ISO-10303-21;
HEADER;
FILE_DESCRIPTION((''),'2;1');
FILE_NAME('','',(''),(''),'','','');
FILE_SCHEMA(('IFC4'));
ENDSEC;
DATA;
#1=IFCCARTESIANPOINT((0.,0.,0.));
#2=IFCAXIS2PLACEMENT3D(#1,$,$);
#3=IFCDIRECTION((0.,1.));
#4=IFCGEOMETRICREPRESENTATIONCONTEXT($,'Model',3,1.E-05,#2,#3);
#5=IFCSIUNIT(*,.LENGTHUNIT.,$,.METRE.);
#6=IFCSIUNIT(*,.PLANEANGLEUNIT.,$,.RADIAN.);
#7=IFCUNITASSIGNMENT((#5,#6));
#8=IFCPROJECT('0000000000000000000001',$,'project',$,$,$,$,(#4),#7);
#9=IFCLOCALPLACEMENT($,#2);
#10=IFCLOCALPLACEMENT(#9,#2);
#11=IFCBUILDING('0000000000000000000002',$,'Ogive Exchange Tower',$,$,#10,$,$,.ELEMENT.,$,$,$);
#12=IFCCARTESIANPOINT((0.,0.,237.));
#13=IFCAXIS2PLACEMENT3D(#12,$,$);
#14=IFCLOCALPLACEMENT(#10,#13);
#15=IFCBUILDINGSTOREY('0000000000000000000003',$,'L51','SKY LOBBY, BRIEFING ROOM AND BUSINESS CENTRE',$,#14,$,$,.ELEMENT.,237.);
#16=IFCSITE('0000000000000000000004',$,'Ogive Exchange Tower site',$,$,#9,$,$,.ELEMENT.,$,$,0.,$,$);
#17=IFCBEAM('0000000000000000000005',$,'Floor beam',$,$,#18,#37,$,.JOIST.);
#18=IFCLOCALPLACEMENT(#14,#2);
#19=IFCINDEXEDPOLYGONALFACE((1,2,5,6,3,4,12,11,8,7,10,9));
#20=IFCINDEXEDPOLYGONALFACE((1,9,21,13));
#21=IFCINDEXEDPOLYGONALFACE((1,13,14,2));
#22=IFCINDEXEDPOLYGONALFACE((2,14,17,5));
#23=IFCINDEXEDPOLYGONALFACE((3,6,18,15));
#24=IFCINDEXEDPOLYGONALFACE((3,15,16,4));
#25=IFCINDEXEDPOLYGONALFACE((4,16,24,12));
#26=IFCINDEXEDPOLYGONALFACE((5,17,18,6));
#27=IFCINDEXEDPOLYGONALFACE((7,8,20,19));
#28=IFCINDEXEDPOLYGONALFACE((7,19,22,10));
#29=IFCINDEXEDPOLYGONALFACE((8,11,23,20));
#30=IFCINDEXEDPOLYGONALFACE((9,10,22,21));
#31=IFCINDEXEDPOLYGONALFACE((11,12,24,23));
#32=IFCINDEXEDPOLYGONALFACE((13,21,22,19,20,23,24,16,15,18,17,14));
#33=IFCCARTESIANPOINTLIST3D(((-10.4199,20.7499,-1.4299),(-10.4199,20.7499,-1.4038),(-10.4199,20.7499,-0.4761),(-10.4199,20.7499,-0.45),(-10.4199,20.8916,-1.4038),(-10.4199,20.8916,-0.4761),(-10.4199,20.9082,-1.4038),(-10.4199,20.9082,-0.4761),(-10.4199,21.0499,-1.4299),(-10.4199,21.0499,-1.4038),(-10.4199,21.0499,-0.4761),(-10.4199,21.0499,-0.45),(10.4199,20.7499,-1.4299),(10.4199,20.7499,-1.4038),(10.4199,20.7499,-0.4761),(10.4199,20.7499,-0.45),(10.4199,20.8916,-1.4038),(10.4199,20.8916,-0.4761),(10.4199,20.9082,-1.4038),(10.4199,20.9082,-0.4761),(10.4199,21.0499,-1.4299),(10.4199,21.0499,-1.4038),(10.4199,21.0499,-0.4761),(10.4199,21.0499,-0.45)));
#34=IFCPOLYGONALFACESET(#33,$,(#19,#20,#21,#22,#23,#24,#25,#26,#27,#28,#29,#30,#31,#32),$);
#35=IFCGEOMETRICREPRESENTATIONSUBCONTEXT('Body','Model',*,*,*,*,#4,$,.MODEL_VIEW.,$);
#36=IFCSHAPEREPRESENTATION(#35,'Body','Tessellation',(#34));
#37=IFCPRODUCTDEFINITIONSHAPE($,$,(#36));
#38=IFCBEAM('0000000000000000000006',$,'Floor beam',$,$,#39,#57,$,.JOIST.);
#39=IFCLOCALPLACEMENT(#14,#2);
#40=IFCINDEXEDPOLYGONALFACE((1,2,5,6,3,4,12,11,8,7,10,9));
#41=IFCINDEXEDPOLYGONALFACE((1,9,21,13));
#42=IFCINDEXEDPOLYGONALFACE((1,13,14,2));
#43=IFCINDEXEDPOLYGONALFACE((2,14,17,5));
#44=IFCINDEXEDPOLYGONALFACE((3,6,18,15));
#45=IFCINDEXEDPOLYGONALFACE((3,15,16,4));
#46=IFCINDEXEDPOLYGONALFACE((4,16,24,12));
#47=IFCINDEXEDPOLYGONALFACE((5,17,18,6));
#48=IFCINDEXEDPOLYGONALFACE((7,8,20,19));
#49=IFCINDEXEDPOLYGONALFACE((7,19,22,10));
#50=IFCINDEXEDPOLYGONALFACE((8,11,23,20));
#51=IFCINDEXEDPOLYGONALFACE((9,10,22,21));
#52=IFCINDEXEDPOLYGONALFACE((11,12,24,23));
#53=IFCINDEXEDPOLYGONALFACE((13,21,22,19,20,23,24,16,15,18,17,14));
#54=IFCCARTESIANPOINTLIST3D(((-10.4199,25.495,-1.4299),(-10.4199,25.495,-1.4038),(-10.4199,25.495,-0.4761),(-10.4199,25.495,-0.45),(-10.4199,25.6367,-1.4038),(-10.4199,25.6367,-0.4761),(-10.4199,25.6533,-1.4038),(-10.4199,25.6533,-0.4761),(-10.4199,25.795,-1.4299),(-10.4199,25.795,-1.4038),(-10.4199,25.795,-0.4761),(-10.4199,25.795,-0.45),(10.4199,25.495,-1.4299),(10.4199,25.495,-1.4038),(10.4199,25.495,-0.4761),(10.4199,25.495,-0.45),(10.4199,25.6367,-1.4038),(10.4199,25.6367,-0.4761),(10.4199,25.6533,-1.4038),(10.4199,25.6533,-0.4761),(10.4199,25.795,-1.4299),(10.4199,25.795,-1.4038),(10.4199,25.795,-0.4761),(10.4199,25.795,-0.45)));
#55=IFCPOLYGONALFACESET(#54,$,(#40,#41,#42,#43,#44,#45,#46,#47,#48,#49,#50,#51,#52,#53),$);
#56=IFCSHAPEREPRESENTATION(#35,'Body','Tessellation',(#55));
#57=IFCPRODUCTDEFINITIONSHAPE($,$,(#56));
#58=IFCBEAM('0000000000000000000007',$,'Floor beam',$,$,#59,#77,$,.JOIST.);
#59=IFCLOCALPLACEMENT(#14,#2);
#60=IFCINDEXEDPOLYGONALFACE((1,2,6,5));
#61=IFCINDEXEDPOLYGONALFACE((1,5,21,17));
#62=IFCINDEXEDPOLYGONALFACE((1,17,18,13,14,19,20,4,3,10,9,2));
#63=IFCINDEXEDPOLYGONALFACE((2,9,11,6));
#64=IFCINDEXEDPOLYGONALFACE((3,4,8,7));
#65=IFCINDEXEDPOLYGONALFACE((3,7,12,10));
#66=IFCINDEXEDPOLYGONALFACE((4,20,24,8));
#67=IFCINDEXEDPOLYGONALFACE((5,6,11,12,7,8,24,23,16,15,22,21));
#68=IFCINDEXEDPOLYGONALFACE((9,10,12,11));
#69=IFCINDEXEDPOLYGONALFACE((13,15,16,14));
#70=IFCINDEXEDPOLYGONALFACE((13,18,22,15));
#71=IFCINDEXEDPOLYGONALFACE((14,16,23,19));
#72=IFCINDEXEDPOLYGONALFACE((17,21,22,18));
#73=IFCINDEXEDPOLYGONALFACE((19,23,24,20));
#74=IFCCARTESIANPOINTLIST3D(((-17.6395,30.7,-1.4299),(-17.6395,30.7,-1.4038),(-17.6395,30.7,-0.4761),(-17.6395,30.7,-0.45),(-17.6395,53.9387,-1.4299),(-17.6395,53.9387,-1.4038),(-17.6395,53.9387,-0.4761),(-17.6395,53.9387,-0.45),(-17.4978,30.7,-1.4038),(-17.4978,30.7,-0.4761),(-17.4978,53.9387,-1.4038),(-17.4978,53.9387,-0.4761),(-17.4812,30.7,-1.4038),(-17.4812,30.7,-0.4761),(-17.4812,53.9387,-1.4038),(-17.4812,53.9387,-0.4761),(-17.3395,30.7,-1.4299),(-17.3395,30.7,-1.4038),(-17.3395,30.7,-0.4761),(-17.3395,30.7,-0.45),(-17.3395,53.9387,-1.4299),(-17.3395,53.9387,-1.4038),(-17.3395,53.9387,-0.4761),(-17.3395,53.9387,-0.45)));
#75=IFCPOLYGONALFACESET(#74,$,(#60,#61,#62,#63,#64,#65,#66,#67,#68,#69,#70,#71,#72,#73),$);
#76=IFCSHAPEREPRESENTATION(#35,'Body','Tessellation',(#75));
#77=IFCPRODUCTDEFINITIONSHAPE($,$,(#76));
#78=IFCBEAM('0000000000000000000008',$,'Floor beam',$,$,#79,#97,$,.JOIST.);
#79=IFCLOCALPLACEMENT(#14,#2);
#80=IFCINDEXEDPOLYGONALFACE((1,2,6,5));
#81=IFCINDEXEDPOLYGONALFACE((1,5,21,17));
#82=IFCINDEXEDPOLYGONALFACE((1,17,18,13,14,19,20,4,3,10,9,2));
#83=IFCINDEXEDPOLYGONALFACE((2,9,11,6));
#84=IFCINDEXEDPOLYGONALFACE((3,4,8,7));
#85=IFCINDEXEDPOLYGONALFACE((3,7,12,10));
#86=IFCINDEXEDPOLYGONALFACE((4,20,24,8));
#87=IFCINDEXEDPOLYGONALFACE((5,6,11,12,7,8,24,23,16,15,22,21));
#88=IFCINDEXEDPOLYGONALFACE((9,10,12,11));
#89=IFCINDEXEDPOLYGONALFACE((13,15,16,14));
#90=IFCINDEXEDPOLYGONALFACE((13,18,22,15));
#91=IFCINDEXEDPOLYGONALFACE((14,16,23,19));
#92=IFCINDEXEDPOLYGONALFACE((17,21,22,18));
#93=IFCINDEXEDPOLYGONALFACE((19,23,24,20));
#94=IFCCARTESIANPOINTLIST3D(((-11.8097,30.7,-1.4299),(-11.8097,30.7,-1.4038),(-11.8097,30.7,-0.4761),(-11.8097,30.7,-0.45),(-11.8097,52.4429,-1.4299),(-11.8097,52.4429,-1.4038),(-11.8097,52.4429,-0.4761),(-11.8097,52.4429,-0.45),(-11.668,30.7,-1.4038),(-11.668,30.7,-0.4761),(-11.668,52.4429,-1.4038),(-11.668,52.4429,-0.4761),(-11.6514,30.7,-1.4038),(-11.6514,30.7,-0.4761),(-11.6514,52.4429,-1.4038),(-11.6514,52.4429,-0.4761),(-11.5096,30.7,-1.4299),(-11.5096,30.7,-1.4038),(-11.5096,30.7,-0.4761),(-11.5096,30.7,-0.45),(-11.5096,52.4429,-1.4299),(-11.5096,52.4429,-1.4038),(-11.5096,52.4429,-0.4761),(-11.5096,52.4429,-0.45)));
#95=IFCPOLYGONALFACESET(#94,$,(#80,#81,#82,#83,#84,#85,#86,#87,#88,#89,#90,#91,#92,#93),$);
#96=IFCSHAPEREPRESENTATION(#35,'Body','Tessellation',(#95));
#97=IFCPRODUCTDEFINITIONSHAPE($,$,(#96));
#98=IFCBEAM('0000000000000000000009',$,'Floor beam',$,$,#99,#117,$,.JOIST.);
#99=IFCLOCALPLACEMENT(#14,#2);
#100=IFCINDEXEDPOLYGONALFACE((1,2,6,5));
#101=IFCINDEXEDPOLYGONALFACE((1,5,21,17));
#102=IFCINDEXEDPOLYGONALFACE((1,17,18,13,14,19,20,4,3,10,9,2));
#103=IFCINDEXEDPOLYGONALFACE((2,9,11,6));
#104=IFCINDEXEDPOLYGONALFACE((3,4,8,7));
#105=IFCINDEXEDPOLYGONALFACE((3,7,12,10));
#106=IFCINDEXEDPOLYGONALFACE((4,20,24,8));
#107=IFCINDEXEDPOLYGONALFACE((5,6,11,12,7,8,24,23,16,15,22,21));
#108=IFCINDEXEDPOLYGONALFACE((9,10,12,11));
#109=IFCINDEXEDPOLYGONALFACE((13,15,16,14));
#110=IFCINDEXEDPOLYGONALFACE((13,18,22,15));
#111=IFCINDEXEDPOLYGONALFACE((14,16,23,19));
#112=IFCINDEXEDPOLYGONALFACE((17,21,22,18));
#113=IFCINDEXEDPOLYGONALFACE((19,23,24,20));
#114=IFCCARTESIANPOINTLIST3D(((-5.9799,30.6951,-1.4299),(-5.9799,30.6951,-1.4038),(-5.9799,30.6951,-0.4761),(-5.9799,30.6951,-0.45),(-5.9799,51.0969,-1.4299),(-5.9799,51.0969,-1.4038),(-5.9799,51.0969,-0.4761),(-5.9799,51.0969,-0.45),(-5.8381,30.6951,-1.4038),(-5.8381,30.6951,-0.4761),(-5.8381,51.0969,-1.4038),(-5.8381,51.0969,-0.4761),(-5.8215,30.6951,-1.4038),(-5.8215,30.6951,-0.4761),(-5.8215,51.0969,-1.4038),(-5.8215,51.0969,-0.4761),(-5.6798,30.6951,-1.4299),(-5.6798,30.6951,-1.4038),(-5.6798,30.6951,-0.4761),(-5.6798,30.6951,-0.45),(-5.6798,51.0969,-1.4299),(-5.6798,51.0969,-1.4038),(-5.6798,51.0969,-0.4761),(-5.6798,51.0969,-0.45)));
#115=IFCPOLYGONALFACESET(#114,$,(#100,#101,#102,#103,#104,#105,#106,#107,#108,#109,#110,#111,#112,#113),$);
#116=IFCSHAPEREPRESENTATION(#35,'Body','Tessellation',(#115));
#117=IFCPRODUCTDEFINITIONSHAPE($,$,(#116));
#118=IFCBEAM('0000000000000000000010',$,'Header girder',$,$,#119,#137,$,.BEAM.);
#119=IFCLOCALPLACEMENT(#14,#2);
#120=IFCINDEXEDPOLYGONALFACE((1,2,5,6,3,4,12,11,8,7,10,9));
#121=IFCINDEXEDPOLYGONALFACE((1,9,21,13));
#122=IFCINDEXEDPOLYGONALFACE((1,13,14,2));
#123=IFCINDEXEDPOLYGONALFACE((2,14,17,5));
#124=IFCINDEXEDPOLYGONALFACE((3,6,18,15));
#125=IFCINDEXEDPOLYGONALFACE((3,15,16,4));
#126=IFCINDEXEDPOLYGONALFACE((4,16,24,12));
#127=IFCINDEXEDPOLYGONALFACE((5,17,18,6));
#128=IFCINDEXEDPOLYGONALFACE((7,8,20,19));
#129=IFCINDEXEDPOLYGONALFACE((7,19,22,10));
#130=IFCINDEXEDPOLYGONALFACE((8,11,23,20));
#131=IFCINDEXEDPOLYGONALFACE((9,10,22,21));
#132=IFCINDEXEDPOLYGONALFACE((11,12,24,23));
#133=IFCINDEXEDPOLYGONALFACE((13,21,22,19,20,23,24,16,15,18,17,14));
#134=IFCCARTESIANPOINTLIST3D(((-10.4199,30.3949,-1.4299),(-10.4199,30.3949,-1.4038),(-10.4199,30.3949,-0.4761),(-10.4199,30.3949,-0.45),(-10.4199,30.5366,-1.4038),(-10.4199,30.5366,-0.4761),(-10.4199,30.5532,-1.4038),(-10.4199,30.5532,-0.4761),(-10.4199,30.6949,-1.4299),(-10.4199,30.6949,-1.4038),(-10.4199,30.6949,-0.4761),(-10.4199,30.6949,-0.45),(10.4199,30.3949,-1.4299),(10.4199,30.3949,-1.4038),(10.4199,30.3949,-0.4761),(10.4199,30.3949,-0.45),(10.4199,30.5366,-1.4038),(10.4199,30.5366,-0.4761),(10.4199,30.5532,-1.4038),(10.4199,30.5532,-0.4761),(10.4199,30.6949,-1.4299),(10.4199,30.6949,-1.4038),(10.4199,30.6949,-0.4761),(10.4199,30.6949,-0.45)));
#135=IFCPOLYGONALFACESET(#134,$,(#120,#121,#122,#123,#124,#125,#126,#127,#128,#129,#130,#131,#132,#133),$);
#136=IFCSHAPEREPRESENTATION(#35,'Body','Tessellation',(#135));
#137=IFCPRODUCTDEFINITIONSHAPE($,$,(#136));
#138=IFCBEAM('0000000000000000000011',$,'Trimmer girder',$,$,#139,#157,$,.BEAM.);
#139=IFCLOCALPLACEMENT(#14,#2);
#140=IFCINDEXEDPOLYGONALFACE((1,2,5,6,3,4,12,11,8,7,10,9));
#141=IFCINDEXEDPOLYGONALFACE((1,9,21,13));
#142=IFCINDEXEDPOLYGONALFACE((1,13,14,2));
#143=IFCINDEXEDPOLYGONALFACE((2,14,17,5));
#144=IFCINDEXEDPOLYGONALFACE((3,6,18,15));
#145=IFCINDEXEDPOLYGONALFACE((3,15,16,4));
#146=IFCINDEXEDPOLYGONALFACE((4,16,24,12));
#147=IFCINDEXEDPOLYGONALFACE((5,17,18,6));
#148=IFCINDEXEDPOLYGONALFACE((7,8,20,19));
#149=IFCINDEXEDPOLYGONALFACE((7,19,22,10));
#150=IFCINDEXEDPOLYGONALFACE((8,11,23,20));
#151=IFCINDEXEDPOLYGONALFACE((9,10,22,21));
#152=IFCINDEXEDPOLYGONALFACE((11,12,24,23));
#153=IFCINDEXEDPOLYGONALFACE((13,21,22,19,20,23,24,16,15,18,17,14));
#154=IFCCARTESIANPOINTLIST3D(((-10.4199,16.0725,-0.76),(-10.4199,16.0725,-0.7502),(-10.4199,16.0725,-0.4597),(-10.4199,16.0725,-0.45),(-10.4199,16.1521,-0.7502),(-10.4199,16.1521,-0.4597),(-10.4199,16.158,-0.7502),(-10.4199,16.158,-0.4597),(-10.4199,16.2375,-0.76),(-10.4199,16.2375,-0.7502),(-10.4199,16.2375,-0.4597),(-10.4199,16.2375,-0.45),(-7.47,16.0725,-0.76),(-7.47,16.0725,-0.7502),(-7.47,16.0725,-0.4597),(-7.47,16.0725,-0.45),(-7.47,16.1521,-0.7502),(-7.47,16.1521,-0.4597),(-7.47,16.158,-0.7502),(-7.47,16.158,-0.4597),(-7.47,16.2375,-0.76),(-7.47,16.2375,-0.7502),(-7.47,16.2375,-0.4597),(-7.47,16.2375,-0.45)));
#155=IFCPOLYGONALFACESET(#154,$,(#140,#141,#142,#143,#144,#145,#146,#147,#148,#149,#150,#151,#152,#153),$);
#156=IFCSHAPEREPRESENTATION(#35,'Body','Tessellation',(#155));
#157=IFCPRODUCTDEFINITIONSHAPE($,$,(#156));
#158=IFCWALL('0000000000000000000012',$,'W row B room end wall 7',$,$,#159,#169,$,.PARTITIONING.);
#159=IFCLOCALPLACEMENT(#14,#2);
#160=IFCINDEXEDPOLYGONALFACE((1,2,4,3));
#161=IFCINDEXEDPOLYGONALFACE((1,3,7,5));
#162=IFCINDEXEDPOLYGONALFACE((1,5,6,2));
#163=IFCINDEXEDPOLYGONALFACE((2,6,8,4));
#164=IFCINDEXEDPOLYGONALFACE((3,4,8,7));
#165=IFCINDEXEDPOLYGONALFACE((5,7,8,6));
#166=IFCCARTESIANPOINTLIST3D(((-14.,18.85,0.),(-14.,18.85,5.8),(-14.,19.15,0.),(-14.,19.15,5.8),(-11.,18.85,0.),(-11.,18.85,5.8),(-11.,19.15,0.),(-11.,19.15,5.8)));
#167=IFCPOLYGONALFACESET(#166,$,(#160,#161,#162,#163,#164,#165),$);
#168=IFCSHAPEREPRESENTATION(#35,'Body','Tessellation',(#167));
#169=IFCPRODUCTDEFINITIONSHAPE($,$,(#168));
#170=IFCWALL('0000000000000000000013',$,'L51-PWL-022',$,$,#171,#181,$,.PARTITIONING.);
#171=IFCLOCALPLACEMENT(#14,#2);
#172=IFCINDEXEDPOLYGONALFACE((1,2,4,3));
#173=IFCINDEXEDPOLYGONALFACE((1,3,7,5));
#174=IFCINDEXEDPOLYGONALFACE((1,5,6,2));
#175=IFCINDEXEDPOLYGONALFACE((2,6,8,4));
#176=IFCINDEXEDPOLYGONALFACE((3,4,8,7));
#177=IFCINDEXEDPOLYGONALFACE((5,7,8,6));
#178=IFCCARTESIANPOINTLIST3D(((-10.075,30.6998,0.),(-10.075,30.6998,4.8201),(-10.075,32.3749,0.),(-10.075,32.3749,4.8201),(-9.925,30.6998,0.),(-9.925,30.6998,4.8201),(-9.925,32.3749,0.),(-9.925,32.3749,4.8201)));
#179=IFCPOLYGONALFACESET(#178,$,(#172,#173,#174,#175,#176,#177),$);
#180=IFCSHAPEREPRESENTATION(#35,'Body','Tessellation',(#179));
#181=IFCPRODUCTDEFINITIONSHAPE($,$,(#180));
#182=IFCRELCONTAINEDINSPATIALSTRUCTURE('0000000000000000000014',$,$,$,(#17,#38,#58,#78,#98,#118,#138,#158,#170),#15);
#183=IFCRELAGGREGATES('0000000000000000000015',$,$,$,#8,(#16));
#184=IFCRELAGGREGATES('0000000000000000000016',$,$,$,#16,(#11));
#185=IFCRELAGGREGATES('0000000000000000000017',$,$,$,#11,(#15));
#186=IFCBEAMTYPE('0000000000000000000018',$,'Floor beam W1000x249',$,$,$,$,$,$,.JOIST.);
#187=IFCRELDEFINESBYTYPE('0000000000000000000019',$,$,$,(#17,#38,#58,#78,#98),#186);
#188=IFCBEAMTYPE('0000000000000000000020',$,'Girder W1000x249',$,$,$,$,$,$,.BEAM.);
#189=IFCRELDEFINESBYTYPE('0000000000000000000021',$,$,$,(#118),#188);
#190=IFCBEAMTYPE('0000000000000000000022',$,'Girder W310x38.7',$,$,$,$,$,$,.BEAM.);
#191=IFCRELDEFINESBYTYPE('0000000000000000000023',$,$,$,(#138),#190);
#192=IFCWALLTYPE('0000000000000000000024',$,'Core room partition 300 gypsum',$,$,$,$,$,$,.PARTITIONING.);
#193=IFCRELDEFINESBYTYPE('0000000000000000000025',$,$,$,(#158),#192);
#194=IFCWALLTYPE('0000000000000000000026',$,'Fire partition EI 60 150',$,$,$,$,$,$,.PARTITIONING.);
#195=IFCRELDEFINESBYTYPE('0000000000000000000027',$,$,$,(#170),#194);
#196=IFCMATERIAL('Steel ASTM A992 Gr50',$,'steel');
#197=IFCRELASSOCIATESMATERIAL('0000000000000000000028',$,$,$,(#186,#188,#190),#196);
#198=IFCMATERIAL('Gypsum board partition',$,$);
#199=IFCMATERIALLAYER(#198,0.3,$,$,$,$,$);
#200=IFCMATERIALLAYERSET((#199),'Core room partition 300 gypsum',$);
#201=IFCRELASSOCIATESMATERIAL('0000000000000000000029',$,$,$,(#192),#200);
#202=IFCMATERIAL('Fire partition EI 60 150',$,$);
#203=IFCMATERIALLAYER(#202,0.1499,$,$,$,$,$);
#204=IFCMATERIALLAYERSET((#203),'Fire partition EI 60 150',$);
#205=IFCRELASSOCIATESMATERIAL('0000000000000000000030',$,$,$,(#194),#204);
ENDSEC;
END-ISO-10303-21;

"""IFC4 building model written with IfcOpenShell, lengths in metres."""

from ifc_helpers import new_model, si_unit, direction, frame, frame_2d, origin, origin_2d, place, context, subcontext, project, spatial, rectangle, i_section, extrude, material, layer, layer_set, material_profile, profile_set, type_object, element, save


model = new_model("IFC4")

# Units and contexts
model_context = context("Model", 3, precision=1e-05, world=origin(), true_north=direction((0.0, 1.0)))
body_context = subcontext(model_context, "Body", "Model", "MODEL_VIEW")
ifc_project = project(units=[si_unit("LENGTHUNIT", "METRE"), si_unit("PLANEANGLEUNIT", "RADIAN")], contexts=[model_context])

# Site, building, storey
site_placement = place(None, origin())
site = spatial("IfcSite", under=ifc_project, at=site_placement, Name="Ogive Exchange Tower site", CompositionType="ELEMENT", RefElevation=0.0)
building_placement = place(site_placement, origin())
building = spatial("IfcBuilding", under=site, at=building_placement, Name="Ogive Exchange Tower", CompositionType="ELEMENT")
storey_placement = place(building_placement, frame((0.0, 0.0, 237.0)))
storey = spatial("IfcBuildingStorey", under=building, at=storey_placement, Name="L51", Description="SKY LOBBY, BRIEFING ROOM AND BUSINESS CENTRE", CompositionType="ELEMENT", Elevation=237.0)

# Beams
ifc_material_1 = material(Name="Steel ASTM A992 Gr50", Category="steel")
ifc_material_profile_1 = material_profile(ifc_material_1, i_section(OverallWidth=0.3, OverallDepth=0.98, WebThickness=0.0166, FlangeThickness=0.0261, at=origin_2d()), Name="W1000x249")
ifc_profile_set_1 = profile_set([ifc_material_profile_1], Name="Steel ASTM A992 Gr50")
beam_type_1 = type_object("IfcBeamType", Name="Floor beam W1000x249", PredefinedType="JOIST", material=ifc_profile_set_1)
for number, where, z_axis, x_axis, name in (
    (1, (-10.4199, 20.8999, -0.9399), (1.0, 0.0, 0.0), (0.0, 1.0, 0.0), "Floor beam"),
    (2, (-10.4199, 25.645, -0.9399), (1.0, 0.0, 0.0), (0.0, 1.0, 0.0), "Floor beam"),
):
    element("IfcBeam", number, at=place(storey_placement, frame(where, z_axis=z_axis, x_axis=x_axis)), inside=storey, type_object=beam_type_1, Name=name, PredefinedType="JOIST", context=body_context, shape_type="SweptSolid", body=[
        extrude(i_section(OverallWidth=0.3, OverallDepth=0.98, WebThickness=0.0166, FlangeThickness=0.0261, at=origin_2d()), origin(), (0.0, 0.0, 1.0), 20.8398),
    ])
beam_1_placement = place(storey_placement, frame((-17.4895, 30.7, -0.9399), z_axis=(0.0, 1.0, 0.0), x_axis=(-1.0, 0.0, 0.0)))
element("IfcBeam", 3, at=beam_1_placement, inside=storey, type_object=beam_type_1, Name="Floor beam", PredefinedType="JOIST", context=body_context, shape_type="SweptSolid", body=[
    extrude(i_section(OverallWidth=0.3, OverallDepth=0.98, WebThickness=0.0166, FlangeThickness=0.0261, at=origin_2d()), origin(), (0.0, 0.0, 1.0), 23.2388),
])
beam_2_placement = place(storey_placement, frame((-11.6597, 30.7, -0.9399), z_axis=(0.0, 1.0, 0.0), x_axis=(-1.0, 0.0, 0.0)))
element("IfcBeam", 4, at=beam_2_placement, inside=storey, type_object=beam_type_1, Name="Floor beam", PredefinedType="JOIST", context=body_context, shape_type="SweptSolid", body=[
    extrude(i_section(OverallWidth=0.3, OverallDepth=0.98, WebThickness=0.0166, FlangeThickness=0.0261, at=origin_2d()), origin(), (0.0, 0.0, 1.0), 21.7429),
])
beam_3_placement = place(storey_placement, frame((-5.8298, 30.6951, -0.9399), z_axis=(0.0, 1.0, 0.0), x_axis=(-1.0, 0.0, 0.0)))
element("IfcBeam", 5, at=beam_3_placement, inside=storey, type_object=beam_type_1, Name="Floor beam", PredefinedType="JOIST", context=body_context, shape_type="SweptSolid", body=[
    extrude(i_section(OverallWidth=0.3, OverallDepth=0.98, WebThickness=0.0166, FlangeThickness=0.0261, at=origin_2d()), origin(), (0.0, 0.0, 1.0), 20.4019),
])
ifc_material_profile_2 = material_profile(ifc_material_1, i_section(OverallWidth=0.3, OverallDepth=0.98, WebThickness=0.0166, FlangeThickness=0.0261, at=origin_2d()), Name="W1000x249")
ifc_profile_set_2 = profile_set([ifc_material_profile_2], Name="Steel ASTM A992 Gr50")
beam_type_2 = type_object("IfcBeamType", Name="Girder W1000x249", PredefinedType="BEAM", material=ifc_profile_set_2)
beam_4_placement = place(storey_placement, frame((-10.4199, 30.5449, -0.9399), z_axis=(1.0, 0.0, 0.0), x_axis=(0.0, 1.0, 0.0)))
element("IfcBeam", 6, at=beam_4_placement, inside=storey, type_object=beam_type_2, Name="Header girder", PredefinedType="BEAM", context=body_context, shape_type="SweptSolid", body=[
    extrude(i_section(OverallWidth=0.3, OverallDepth=0.98, WebThickness=0.0166, FlangeThickness=0.0261, at=origin_2d()), origin(), (0.0, 0.0, 1.0), 20.8398),
])
ifc_material_profile_3 = material_profile(ifc_material_1, i_section(OverallWidth=0.165, OverallDepth=0.3101, WebThickness=0.0059, FlangeThickness=0.0098, at=origin_2d()), Name="W310x38.7")
ifc_profile_set_3 = profile_set([ifc_material_profile_3], Name="Steel ASTM A992 Gr50")
beam_type_3 = type_object("IfcBeamType", Name="Girder W310x38.7", PredefinedType="BEAM", material=ifc_profile_set_3)
beam_5_placement = place(storey_placement, frame((-10.4199, 16.155, -0.605), z_axis=(1.0, 0.0, 0.0), x_axis=(0.0, 1.0, 0.0)))
element("IfcBeam", 7, at=beam_5_placement, inside=storey, type_object=beam_type_3, Name="Trimmer girder", PredefinedType="BEAM", context=body_context, shape_type="SweptSolid", body=[
    extrude(i_section(OverallWidth=0.165, OverallDepth=0.3101, WebThickness=0.0059, FlangeThickness=0.0098, at=origin_2d()), origin(), (0.0, 0.0, 1.0), 2.95),
])

# Walls
ifc_material_2 = material(Name="Gypsum board partition")
ifc_layer_1 = layer(ifc_material_2, 0.3)
ifc_layer_set_1 = layer_set([ifc_layer_1], Name="Core room partition 300 gypsum")
wall_type_1 = type_object("IfcWallType", Name="Core room partition 300 gypsum", PredefinedType="PARTITIONING", material=ifc_layer_set_1)
wall_1_placement = place(storey_placement, frame((-14.0, 19.0, 0.0), z_axis=(0.0, 0.0, 1.0), x_axis=(1.0, 0.0, 0.0)))
element("IfcWall", 8, at=wall_1_placement, inside=storey, type_object=wall_type_1, Name="W row B room end wall 7", PredefinedType="PARTITIONING", context=body_context, shape_type="SweptSolid", body=[
    extrude(rectangle(XDim=3.0, YDim=0.3, at=frame_2d((1.5, 0.0))), origin(), (0.0, 0.0, 1.0), 5.8),
])
ifc_material_3 = material(Name="Fire partition EI 60 150")
ifc_layer_2 = layer(ifc_material_3, 0.1499)
ifc_layer_set_2 = layer_set([ifc_layer_2], Name="Fire partition EI 60 150")
wall_type_2 = type_object("IfcWallType", Name="Fire partition EI 60 150", PredefinedType="PARTITIONING", material=ifc_layer_set_2)
wall_2_placement = place(storey_placement, frame((-10.0, 30.7, 0.0), z_axis=(0.0, 0.0, 1.0), x_axis=(0.0, 1.0, 0.0)))
element("IfcWall", 9, at=wall_2_placement, inside=storey, type_object=wall_type_2, Name="L51-PWL-022", PredefinedType="PARTITIONING", context=body_context, shape_type="SweptSolid", body=[
    extrude(rectangle(XDim=1.675, YDim=0.1499, at=frame_2d((0.8374, 0.0))), origin(), (0.0, 0.0, 1.0), 4.8201),
])

save(model, "model.ifc")
